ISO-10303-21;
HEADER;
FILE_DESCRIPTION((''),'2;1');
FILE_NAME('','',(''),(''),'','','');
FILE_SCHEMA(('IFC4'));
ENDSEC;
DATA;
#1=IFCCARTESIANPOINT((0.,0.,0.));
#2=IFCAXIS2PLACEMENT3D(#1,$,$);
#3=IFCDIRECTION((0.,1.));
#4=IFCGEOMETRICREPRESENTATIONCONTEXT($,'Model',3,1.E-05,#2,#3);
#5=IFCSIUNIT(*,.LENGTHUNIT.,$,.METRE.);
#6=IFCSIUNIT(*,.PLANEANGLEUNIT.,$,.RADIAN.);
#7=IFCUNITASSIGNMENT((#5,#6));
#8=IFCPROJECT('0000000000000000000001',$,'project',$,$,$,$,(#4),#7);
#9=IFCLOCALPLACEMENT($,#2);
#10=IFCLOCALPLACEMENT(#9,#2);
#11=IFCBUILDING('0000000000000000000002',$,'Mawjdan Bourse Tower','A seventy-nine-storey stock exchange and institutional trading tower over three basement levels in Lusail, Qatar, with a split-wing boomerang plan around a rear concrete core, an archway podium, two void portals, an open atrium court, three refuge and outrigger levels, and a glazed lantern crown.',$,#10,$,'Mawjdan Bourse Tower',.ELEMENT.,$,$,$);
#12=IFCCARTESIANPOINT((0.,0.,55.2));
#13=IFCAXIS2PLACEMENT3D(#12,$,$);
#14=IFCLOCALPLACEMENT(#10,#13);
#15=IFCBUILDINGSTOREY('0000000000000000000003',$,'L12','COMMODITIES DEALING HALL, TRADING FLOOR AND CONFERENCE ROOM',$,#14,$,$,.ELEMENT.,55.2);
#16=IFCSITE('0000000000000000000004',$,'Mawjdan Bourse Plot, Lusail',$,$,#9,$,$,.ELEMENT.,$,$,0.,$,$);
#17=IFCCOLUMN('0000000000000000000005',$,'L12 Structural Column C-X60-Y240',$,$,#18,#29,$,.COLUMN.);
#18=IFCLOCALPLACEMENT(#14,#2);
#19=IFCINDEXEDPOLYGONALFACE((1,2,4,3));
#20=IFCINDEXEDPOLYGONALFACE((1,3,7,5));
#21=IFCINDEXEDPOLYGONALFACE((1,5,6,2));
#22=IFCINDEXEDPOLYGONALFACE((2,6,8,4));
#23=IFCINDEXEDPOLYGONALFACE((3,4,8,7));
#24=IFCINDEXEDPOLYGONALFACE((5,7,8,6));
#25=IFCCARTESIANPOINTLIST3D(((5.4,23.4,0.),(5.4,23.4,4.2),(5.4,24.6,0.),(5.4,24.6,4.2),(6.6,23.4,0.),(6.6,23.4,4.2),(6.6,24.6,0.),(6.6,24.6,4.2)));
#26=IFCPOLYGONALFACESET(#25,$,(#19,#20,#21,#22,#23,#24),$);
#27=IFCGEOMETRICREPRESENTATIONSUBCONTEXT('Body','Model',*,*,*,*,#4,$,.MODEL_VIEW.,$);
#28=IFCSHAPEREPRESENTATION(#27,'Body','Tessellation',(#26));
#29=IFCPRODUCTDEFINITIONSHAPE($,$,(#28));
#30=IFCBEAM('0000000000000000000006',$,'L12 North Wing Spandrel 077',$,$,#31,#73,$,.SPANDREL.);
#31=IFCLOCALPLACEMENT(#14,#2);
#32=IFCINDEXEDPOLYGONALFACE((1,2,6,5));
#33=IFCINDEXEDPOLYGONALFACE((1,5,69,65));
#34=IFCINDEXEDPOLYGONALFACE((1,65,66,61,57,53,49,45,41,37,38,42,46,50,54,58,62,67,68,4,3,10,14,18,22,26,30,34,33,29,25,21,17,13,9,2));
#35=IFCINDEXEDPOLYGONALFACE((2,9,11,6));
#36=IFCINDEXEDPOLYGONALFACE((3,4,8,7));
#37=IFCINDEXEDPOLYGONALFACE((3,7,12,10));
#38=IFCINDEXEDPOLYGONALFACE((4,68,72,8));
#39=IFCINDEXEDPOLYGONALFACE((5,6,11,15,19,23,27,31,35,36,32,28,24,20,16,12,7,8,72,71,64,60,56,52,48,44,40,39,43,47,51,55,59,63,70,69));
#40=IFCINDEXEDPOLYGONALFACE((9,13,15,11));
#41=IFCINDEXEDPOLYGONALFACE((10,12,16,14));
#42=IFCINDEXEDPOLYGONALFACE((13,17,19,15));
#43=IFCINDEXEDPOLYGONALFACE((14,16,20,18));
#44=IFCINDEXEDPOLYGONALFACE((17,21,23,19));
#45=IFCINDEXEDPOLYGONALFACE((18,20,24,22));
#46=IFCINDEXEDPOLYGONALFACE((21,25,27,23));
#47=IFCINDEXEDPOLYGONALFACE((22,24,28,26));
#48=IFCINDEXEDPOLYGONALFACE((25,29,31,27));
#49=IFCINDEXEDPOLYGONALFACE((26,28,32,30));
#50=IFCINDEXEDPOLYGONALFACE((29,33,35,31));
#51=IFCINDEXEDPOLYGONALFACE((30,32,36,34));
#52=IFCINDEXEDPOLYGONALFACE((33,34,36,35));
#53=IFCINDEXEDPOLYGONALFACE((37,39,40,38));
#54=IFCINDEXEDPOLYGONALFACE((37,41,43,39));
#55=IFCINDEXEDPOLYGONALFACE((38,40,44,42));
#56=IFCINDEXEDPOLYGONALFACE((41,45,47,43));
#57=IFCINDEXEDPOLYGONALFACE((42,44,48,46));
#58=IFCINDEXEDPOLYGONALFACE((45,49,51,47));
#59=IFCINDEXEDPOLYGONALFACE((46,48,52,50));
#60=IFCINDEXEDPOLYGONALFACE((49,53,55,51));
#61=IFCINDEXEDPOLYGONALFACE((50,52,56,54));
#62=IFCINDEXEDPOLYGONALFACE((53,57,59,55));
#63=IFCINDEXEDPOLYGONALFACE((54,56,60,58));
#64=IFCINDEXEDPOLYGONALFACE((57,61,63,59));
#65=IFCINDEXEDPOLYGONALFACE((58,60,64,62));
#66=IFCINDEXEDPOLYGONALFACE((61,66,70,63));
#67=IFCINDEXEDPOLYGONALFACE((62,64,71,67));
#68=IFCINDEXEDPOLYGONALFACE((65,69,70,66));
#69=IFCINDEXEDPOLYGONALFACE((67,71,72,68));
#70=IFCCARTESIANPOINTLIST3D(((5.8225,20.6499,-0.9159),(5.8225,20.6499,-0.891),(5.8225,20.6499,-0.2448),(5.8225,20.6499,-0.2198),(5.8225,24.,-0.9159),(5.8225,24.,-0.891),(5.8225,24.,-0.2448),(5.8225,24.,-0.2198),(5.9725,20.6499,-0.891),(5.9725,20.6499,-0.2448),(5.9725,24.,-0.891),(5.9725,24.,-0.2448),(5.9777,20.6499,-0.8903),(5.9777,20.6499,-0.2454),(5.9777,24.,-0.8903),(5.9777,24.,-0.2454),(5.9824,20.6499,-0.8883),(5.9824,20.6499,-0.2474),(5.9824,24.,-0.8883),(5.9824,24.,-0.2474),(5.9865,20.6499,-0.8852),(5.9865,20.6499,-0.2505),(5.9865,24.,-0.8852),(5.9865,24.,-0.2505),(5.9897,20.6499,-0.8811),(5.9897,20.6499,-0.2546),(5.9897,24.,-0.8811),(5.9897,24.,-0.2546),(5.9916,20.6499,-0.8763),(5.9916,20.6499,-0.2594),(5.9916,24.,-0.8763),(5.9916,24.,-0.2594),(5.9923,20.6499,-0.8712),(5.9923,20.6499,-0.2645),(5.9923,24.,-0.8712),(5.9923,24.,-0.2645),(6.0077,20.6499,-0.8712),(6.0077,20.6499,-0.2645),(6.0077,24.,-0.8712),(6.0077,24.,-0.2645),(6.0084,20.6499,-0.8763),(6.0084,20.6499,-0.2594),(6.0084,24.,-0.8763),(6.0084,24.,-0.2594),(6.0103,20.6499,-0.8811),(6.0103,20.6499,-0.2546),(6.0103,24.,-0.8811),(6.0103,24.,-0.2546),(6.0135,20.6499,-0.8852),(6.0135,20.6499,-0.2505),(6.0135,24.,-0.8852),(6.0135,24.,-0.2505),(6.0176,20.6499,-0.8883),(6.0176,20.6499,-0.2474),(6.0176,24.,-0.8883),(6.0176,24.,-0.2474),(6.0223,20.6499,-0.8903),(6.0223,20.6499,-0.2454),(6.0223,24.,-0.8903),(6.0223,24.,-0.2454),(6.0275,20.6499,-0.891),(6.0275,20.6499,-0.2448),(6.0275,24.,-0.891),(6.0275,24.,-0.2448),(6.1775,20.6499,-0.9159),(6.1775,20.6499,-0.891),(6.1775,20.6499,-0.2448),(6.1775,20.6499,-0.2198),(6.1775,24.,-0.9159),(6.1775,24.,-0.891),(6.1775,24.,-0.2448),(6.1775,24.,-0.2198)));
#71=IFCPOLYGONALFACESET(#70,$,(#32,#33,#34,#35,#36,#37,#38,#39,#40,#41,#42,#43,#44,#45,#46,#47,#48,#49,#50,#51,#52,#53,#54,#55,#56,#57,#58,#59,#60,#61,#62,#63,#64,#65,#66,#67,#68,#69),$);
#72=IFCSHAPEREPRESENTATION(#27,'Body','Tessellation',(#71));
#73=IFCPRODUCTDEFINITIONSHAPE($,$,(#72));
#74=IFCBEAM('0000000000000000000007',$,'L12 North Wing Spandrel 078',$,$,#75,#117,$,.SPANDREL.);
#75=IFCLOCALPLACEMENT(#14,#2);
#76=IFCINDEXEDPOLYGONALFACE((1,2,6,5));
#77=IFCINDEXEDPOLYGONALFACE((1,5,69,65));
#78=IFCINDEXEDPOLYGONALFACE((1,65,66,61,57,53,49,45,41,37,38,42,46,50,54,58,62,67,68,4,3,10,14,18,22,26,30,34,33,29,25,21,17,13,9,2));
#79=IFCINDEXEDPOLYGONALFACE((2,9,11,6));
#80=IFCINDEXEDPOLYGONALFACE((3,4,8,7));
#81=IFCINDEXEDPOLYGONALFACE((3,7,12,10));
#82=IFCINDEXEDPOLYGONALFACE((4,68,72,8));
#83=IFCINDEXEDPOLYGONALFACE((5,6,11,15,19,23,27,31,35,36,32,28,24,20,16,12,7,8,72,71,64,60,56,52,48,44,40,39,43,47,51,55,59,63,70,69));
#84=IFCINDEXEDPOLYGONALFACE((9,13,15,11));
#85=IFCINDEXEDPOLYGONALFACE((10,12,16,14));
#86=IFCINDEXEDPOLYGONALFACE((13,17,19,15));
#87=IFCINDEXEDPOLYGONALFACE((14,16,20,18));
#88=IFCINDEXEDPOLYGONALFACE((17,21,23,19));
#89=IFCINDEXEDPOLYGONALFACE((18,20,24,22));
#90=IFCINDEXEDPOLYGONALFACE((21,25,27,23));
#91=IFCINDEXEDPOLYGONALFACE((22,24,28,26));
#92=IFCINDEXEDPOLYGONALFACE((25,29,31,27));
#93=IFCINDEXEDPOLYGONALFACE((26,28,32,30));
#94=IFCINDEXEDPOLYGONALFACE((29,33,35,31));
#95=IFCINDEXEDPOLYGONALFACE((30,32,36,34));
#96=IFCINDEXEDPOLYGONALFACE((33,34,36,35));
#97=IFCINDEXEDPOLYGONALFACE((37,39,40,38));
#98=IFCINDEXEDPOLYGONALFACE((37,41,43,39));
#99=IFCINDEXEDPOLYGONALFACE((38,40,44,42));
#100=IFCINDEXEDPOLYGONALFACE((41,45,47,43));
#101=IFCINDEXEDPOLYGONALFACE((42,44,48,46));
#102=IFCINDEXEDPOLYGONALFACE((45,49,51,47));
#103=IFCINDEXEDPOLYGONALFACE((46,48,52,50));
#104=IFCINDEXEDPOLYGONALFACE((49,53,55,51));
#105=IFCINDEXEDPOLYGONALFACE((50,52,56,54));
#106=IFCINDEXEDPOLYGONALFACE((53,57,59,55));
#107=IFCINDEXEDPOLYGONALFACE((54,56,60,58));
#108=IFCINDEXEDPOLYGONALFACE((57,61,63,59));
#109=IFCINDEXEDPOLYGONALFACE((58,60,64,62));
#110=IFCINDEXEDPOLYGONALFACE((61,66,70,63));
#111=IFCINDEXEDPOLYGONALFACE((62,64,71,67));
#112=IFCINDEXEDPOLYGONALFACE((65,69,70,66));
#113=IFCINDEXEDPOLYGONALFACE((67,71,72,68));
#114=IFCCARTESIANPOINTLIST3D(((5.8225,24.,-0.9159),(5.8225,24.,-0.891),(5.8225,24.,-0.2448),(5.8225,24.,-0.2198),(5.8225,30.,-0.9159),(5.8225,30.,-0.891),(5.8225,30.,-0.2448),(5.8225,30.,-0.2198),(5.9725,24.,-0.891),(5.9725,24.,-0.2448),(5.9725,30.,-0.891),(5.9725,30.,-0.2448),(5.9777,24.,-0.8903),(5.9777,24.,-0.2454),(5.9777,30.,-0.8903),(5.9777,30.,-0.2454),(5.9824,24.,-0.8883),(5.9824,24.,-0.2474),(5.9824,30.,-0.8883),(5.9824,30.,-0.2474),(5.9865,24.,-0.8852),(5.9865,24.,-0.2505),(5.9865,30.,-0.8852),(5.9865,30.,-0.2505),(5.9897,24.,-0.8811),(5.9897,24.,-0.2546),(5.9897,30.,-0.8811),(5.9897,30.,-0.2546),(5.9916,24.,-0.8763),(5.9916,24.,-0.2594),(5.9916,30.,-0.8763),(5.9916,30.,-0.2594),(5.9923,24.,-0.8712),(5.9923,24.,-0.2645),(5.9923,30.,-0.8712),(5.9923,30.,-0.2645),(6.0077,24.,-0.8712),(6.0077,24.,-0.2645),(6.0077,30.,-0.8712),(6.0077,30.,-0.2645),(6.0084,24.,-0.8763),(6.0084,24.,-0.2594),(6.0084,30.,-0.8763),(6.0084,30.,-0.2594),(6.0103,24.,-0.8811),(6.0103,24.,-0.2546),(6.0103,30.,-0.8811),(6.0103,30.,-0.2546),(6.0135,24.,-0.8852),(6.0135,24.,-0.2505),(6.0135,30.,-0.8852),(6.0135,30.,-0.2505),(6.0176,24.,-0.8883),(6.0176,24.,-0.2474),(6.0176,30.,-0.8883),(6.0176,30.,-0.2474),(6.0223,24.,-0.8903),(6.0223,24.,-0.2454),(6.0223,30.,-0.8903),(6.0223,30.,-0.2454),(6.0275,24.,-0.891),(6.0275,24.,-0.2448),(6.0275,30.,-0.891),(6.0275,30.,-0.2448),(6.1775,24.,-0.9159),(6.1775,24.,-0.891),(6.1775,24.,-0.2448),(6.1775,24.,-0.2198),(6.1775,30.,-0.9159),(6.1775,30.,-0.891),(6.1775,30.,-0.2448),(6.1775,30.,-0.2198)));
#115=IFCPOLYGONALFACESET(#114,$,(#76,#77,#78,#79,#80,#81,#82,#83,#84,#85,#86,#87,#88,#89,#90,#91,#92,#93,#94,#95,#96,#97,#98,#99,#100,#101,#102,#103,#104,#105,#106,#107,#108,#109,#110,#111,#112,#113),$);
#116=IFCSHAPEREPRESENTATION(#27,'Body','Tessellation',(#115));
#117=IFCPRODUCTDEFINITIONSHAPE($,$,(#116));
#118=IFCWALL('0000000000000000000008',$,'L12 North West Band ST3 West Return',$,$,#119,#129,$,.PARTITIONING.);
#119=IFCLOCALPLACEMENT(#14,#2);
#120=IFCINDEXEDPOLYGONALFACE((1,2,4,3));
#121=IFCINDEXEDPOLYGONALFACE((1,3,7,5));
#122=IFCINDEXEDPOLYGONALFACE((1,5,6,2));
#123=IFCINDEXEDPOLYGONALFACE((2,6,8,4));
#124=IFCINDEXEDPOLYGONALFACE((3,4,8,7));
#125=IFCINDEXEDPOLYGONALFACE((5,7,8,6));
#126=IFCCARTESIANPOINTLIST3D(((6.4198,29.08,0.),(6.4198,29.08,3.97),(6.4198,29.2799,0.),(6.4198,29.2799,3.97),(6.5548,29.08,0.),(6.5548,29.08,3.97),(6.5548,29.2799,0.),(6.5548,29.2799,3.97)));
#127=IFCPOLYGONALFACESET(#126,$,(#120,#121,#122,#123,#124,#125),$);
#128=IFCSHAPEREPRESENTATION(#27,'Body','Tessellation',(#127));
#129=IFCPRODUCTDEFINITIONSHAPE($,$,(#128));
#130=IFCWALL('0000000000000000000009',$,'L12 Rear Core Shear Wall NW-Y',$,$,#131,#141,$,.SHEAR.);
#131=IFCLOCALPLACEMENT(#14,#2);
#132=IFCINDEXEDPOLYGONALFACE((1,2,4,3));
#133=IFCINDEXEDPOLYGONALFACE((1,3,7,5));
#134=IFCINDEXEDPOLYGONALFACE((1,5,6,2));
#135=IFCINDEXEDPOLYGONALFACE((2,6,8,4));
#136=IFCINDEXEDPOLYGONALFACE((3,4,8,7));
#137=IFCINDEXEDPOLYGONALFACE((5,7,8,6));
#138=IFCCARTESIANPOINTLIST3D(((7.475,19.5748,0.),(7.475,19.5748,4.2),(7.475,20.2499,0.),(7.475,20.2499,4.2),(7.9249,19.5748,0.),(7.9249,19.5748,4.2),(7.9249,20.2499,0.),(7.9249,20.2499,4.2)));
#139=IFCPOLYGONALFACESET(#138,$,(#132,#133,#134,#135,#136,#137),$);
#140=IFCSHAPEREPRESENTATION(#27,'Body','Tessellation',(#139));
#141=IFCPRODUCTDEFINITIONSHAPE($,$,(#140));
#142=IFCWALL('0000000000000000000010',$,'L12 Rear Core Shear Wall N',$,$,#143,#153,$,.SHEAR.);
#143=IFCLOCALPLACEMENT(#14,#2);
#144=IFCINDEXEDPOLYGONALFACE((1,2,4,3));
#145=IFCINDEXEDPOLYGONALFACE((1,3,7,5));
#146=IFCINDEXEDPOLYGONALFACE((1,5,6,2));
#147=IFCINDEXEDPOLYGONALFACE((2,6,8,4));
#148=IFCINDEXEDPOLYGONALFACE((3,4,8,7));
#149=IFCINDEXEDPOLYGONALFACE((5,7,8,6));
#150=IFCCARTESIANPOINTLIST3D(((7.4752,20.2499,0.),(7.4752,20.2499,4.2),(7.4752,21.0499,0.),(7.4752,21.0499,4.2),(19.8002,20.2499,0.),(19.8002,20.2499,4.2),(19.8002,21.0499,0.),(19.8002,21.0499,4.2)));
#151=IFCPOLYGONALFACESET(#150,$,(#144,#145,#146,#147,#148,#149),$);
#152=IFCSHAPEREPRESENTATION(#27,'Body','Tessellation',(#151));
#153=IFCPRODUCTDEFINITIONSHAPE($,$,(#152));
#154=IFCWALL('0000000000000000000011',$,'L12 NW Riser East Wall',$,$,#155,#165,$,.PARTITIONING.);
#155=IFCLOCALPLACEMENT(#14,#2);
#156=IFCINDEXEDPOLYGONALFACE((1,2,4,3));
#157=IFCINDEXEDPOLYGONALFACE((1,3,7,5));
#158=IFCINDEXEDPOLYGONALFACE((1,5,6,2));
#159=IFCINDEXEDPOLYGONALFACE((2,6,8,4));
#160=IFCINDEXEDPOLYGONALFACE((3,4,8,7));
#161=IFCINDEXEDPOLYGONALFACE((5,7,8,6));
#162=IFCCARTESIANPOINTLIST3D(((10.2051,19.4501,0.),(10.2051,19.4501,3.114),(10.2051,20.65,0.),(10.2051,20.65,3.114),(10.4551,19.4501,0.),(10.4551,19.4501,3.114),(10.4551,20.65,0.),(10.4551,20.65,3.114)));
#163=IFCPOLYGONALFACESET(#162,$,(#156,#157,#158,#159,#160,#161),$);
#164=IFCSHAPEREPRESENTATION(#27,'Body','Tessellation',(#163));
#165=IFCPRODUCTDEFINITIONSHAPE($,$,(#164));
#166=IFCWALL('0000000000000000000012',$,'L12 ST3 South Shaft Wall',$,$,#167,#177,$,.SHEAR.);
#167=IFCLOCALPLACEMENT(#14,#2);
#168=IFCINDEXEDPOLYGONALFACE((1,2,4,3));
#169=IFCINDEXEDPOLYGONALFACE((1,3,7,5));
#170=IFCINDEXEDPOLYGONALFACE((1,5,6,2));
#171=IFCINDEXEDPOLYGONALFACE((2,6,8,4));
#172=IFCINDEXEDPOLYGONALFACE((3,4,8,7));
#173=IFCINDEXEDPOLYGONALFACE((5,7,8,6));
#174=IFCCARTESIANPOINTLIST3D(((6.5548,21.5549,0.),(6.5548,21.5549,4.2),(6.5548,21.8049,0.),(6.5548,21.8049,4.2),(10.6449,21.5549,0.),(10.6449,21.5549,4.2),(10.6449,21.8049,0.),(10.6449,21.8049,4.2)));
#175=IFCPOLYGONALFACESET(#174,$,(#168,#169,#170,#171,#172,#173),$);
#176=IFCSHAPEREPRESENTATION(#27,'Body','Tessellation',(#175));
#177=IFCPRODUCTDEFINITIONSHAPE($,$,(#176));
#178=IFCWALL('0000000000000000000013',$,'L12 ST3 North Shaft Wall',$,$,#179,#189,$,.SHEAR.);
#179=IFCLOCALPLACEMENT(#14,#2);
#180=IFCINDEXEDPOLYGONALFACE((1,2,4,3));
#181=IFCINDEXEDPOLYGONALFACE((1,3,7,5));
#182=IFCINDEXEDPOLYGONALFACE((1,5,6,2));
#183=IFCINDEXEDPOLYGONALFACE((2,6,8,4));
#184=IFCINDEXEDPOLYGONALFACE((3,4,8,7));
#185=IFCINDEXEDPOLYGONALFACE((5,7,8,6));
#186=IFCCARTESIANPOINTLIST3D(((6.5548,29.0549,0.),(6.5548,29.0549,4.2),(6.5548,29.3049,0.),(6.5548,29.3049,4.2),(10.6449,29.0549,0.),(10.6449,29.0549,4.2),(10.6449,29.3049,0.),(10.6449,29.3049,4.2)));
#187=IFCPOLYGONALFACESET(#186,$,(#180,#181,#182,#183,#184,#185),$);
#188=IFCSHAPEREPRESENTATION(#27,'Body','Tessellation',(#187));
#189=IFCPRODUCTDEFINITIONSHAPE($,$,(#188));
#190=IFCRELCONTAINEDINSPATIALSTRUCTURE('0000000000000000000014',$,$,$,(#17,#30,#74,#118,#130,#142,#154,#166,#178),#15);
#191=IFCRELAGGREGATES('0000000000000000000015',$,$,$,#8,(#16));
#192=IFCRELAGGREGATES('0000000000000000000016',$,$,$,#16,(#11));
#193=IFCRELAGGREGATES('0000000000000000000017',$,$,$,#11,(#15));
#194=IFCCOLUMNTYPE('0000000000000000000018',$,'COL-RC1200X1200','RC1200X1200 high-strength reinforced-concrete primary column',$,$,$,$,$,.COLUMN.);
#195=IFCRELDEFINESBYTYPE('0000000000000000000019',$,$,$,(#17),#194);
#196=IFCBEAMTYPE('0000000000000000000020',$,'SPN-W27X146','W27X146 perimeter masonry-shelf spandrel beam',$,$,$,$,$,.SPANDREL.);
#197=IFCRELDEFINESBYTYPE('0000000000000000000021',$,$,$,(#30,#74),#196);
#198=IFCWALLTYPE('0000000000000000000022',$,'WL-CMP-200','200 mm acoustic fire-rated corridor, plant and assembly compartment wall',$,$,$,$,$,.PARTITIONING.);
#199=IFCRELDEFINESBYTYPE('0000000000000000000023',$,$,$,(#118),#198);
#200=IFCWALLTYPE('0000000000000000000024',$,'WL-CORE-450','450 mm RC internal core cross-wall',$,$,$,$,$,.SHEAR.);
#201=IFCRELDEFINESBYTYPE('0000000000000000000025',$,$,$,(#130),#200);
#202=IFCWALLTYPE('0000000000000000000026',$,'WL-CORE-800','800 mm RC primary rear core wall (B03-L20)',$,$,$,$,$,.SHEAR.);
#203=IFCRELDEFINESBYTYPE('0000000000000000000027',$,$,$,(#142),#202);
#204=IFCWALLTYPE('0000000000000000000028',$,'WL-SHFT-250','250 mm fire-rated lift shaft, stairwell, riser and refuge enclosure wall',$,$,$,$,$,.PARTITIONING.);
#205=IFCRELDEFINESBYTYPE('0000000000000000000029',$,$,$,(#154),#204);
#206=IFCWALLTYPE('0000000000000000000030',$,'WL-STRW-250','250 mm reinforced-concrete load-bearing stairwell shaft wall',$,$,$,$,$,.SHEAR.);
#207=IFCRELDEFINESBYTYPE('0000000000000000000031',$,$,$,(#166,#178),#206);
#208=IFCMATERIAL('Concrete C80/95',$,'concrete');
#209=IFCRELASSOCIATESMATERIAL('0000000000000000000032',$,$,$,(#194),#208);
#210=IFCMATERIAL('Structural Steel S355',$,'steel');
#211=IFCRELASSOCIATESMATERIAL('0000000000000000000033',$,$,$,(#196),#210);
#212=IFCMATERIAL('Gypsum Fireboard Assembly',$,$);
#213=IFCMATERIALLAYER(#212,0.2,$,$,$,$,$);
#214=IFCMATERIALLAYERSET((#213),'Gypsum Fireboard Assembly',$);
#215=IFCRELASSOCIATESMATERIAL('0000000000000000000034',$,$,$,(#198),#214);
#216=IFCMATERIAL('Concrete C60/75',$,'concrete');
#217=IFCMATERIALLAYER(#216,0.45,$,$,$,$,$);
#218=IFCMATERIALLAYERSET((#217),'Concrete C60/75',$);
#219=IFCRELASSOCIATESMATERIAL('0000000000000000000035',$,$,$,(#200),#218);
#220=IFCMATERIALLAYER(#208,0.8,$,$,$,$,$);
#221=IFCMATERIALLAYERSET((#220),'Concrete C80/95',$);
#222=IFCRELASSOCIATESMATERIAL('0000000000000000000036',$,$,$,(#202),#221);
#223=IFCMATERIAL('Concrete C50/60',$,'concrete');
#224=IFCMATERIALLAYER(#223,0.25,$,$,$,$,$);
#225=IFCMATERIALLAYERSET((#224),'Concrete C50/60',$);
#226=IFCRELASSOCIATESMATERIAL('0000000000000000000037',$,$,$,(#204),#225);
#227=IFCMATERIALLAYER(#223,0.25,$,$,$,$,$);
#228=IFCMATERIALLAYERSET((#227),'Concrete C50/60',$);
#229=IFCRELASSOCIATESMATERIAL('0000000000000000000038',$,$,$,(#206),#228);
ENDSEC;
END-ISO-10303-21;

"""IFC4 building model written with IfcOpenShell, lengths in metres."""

from ifc_helpers import new_model, si_unit, direction, frame, frame_2d, origin, origin_2d, place, context, subcontext, project, spatial, rectangle, i_section, extrude, material, layer, layer_set, material_profile, profile_set, type_object, element, save


model = new_model("IFC4")

# Units and contexts
model_context = context("Model", 3, precision=1e-05, world=origin(), true_north=direction((0.0, 1.0)))
body_context = subcontext(model_context, "Body", "Model", "MODEL_VIEW")
ifc_project = project(units=[si_unit("LENGTHUNIT", "METRE"), si_unit("PLANEANGLEUNIT", "RADIAN")], contexts=[model_context])

# Site, building, storey
site_placement = place(None, origin())
site = spatial("IfcSite", under=ifc_project, at=site_placement, Name="Mawjdan Bourse Plot, Lusail", CompositionType="ELEMENT", RefElevation=0.0)
building_placement = place(site_placement, origin())
building = spatial("IfcBuilding", under=site, at=building_placement, Name="Mawjdan Bourse Tower", Description="A seventy-nine-storey stock exchange and institutional trading tower over three basement levels in Lusail, Qatar, with a split-wing boomerang plan around a rear concrete core, an archway podium, two void portals, an open atrium court, three refuge and outrigger levels, and a glazed lantern crown.", LongName="Mawjdan Bourse Tower", CompositionType="ELEMENT")
storey_placement = place(building_placement, frame((0.0, 0.0, 55.2)))
storey = spatial("IfcBuildingStorey", under=building, at=storey_placement, Name="L12", Description="COMMODITIES DEALING HALL, TRADING FLOOR AND CONFERENCE ROOM", CompositionType="ELEMENT", Elevation=55.2)

# Column
ifc_material_1 = material(Name="Concrete C80/95", Category="concrete")
ifc_material_profile_1 = material_profile(ifc_material_1, rectangle(XDim=1.2, YDim=1.2, at=origin_2d()), Name="RC1200X1200")
ifc_profile_set_1 = profile_set([ifc_material_profile_1], Name="Concrete C80/95")
column_type = type_object("IfcColumnType", Name="COL-RC1200X1200", Description="RC1200X1200 high-strength reinforced-concrete primary column", PredefinedType="COLUMN", material=ifc_profile_set_1)
column_placement = place(storey_placement, frame((6.0, 24.0, 0.0), z_axis=(0.0, 0.0, 1.0), x_axis=(1.0, 0.0, 0.0)))
element("IfcColumn", 1, at=column_placement, inside=storey, type_object=column_type, Name="L12 Structural Column C-X60-Y240", PredefinedType="COLUMN", context=body_context, shape_type="SweptSolid", body=[
    extrude(rectangle(XDim=1.2, YDim=1.2, at=origin_2d()), origin(), (0.0, 0.0, 1.0), 4.2),
])

# Beams
ifc_material_2 = material(Name="Structural Steel S355", Category="steel")
ifc_material_profile_2 = material_profile(ifc_material_2, i_section(OverallWidth=0.355, OverallDepth=0.696, WebThickness=0.0154, FlangeThickness=0.0249, FilletRadius=0.0198, at=origin_2d()), Name="W27X146")
ifc_profile_set_2 = profile_set([ifc_material_profile_2], Name="Structural Steel S355")
beam_type = type_object("IfcBeamType", Name="SPN-W27X146", Description="W27X146 perimeter masonry-shelf spandrel beam", PredefinedType="SPANDREL", material=ifc_profile_set_2)
beam_1_placement = place(storey_placement, frame((6.0, 20.6499, -0.5679), z_axis=(0.0, 1.0, 0.0), x_axis=(-1.0, 0.0, 0.0)))
element("IfcBeam", 2, at=beam_1_placement, inside=storey, type_object=beam_type, Name="L12 North Wing Spandrel 077", PredefinedType="SPANDREL", context=body_context, shape_type="SweptSolid", body=[
    extrude(i_section(OverallWidth=0.355, OverallDepth=0.696, WebThickness=0.0154, FlangeThickness=0.0249, FilletRadius=0.0198, at=origin_2d()), origin(), (0.0, 0.0, 1.0), 3.3501),
])
beam_2_placement = place(storey_placement, frame((6.0, 24.0, -0.5679), z_axis=(0.0, 1.0, 0.0), x_axis=(-1.0, 0.0, 0.0)))
element("IfcBeam", 3, at=beam_2_placement, inside=storey, type_object=beam_type, Name="L12 North Wing Spandrel 078", PredefinedType="SPANDREL", context=body_context, shape_type="SweptSolid", body=[
    extrude(i_section(OverallWidth=0.355, OverallDepth=0.696, WebThickness=0.0154, FlangeThickness=0.0249, FilletRadius=0.0198, at=origin_2d()), origin(), (0.0, 0.0, 1.0), 6.0),
])

# Walls
ifc_material_3 = material(Name="Gypsum Fireboard Assembly")
ifc_layer_1 = layer(ifc_material_3, 0.2)
ifc_layer_set_1 = layer_set([ifc_layer_1], Name="Gypsum Fireboard Assembly")
wall_type_1 = type_object("IfcWallType", Name="WL-CMP-200", Description="200 mm acoustic fire-rated corridor, plant and assembly compartment wall", PredefinedType="PARTITIONING", material=ifc_layer_set_1)
wall_1_placement = place(storey_placement, frame((6.4199, 29.1799, 0.0), z_axis=(0.0, 0.0, 1.0), x_axis=(1.0, 0.0, 0.0)))
element("IfcWall", 4, at=wall_1_placement, inside=storey, type_object=wall_type_1, Name="L12 North West Band ST3 West Return", PredefinedType="PARTITIONING", context=body_context, shape_type="SweptSolid", body=[
    extrude(rectangle(XDim=0.135, YDim=0.2, at=frame_2d((0.0674, 0.0))), origin(), (0.0, 0.0, 1.0), 3.97),
])
ifc_material_4 = material(Name="Concrete C60/75", Category="concrete")
ifc_layer_2 = layer(ifc_material_4, 0.45)
ifc_layer_set_2 = layer_set([ifc_layer_2], Name="Concrete C60/75")
wall_type_2 = type_object("IfcWallType", Name="WL-CORE-450", Description="450 mm RC internal core cross-wall", PredefinedType="SHEAR", material=ifc_layer_set_2)
wall_2_placement = place(storey_placement, frame((7.7, 19.575, 0.0), z_axis=(0.0, 0.0, 1.0), x_axis=(0.0, 1.0, 0.0)))
element("IfcWall", 5, at=wall_2_placement, inside=storey, type_object=wall_type_2, Name="L12 Rear Core Shear Wall NW-Y", PredefinedType="SHEAR", context=body_context, shape_type="SweptSolid", body=[
    extrude(rectangle(XDim=0.675, YDim=0.45, at=frame_2d((0.3374, 0.0))), origin(), (0.0, 0.0, 1.0), 4.2),
])
ifc_layer_3 = layer(ifc_material_1, 0.8)
ifc_layer_set_3 = layer_set([ifc_layer_3], Name="Concrete C80/95")
wall_type_3 = type_object("IfcWallType", Name="WL-CORE-800", Description="800 mm RC primary rear core wall (B03-L20)", PredefinedType="SHEAR", material=ifc_layer_set_3)
wall_3_placement = place(storey_placement, frame((7.4751, 20.6499, 0.0), z_axis=(0.0, 0.0, 1.0), x_axis=(1.0, 0.0, 0.0)))
element("IfcWall", 6, at=wall_3_placement, inside=storey, type_object=wall_type_3, Name="L12 Rear Core Shear Wall N", PredefinedType="SHEAR", context=body_context, shape_type="SweptSolid", body=[
    extrude(rectangle(XDim=12.325, YDim=0.8, at=frame_2d((6.1626, 0.0))), origin(), (0.0, 0.0, 1.0), 4.2),
])
ifc_material_5 = material(Name="Concrete C50/60", Category="concrete")
ifc_layer_4 = layer(ifc_material_5, 0.25)
ifc_layer_set_4 = layer_set([ifc_layer_4], Name="Concrete C50/60")
wall_type_4 = type_object("IfcWallType", Name="WL-SHFT-250", Description="250 mm fire-rated lift shaft, stairwell, riser and refuge enclosure wall", PredefinedType="PARTITIONING", material=ifc_layer_set_4)
wall_4_placement = place(storey_placement, frame((10.3301, 19.45, 0.0), z_axis=(0.0, 0.0, 1.0), x_axis=(0.0, 1.0, 0.0)))
element("IfcWall", 7, at=wall_4_placement, inside=storey, type_object=wall_type_4, Name="L12 NW Riser East Wall", PredefinedType="PARTITIONING", context=body_context, shape_type="SweptSolid", body=[
    extrude(rectangle(XDim=1.2, YDim=0.25, at=frame_2d((0.6001, 0.0))), origin(), (0.0, 0.0, 1.0), 3.114),
])
ifc_layer_5 = layer(ifc_material_5, 0.25)
ifc_layer_set_5 = layer_set([ifc_layer_5], Name="Concrete C50/60")
wall_type_5 = type_object("IfcWallType", Name="WL-STRW-250", Description="250 mm reinforced-concrete load-bearing stairwell shaft wall", PredefinedType="SHEAR", material=ifc_layer_set_5)
for number, where, z_axis, x_axis, name in (
    (8, (6.5549, 21.6799, 0.0), (0.0, 0.0, 1.0), (1.0, 0.0, 0.0), "L12 ST3 South Shaft Wall"),
    (9, (6.5549, 29.1799, 0.0), (0.0, 0.0, 1.0), (1.0, 0.0, 0.0), "L12 ST3 North Shaft Wall"),
):
    element("IfcWall", number, at=place(storey_placement, frame(where, z_axis=z_axis, x_axis=x_axis)), inside=storey, type_object=wall_type_5, Name=name, PredefinedType="SHEAR", context=body_context, shape_type="SweptSolid", body=[
        extrude(rectangle(XDim=4.0901, YDim=0.25, at=frame_2d((2.0449, 0.0))), origin(), (0.0, 0.0, 1.0), 4.2),
    ])

save(model, "model.ifc")
